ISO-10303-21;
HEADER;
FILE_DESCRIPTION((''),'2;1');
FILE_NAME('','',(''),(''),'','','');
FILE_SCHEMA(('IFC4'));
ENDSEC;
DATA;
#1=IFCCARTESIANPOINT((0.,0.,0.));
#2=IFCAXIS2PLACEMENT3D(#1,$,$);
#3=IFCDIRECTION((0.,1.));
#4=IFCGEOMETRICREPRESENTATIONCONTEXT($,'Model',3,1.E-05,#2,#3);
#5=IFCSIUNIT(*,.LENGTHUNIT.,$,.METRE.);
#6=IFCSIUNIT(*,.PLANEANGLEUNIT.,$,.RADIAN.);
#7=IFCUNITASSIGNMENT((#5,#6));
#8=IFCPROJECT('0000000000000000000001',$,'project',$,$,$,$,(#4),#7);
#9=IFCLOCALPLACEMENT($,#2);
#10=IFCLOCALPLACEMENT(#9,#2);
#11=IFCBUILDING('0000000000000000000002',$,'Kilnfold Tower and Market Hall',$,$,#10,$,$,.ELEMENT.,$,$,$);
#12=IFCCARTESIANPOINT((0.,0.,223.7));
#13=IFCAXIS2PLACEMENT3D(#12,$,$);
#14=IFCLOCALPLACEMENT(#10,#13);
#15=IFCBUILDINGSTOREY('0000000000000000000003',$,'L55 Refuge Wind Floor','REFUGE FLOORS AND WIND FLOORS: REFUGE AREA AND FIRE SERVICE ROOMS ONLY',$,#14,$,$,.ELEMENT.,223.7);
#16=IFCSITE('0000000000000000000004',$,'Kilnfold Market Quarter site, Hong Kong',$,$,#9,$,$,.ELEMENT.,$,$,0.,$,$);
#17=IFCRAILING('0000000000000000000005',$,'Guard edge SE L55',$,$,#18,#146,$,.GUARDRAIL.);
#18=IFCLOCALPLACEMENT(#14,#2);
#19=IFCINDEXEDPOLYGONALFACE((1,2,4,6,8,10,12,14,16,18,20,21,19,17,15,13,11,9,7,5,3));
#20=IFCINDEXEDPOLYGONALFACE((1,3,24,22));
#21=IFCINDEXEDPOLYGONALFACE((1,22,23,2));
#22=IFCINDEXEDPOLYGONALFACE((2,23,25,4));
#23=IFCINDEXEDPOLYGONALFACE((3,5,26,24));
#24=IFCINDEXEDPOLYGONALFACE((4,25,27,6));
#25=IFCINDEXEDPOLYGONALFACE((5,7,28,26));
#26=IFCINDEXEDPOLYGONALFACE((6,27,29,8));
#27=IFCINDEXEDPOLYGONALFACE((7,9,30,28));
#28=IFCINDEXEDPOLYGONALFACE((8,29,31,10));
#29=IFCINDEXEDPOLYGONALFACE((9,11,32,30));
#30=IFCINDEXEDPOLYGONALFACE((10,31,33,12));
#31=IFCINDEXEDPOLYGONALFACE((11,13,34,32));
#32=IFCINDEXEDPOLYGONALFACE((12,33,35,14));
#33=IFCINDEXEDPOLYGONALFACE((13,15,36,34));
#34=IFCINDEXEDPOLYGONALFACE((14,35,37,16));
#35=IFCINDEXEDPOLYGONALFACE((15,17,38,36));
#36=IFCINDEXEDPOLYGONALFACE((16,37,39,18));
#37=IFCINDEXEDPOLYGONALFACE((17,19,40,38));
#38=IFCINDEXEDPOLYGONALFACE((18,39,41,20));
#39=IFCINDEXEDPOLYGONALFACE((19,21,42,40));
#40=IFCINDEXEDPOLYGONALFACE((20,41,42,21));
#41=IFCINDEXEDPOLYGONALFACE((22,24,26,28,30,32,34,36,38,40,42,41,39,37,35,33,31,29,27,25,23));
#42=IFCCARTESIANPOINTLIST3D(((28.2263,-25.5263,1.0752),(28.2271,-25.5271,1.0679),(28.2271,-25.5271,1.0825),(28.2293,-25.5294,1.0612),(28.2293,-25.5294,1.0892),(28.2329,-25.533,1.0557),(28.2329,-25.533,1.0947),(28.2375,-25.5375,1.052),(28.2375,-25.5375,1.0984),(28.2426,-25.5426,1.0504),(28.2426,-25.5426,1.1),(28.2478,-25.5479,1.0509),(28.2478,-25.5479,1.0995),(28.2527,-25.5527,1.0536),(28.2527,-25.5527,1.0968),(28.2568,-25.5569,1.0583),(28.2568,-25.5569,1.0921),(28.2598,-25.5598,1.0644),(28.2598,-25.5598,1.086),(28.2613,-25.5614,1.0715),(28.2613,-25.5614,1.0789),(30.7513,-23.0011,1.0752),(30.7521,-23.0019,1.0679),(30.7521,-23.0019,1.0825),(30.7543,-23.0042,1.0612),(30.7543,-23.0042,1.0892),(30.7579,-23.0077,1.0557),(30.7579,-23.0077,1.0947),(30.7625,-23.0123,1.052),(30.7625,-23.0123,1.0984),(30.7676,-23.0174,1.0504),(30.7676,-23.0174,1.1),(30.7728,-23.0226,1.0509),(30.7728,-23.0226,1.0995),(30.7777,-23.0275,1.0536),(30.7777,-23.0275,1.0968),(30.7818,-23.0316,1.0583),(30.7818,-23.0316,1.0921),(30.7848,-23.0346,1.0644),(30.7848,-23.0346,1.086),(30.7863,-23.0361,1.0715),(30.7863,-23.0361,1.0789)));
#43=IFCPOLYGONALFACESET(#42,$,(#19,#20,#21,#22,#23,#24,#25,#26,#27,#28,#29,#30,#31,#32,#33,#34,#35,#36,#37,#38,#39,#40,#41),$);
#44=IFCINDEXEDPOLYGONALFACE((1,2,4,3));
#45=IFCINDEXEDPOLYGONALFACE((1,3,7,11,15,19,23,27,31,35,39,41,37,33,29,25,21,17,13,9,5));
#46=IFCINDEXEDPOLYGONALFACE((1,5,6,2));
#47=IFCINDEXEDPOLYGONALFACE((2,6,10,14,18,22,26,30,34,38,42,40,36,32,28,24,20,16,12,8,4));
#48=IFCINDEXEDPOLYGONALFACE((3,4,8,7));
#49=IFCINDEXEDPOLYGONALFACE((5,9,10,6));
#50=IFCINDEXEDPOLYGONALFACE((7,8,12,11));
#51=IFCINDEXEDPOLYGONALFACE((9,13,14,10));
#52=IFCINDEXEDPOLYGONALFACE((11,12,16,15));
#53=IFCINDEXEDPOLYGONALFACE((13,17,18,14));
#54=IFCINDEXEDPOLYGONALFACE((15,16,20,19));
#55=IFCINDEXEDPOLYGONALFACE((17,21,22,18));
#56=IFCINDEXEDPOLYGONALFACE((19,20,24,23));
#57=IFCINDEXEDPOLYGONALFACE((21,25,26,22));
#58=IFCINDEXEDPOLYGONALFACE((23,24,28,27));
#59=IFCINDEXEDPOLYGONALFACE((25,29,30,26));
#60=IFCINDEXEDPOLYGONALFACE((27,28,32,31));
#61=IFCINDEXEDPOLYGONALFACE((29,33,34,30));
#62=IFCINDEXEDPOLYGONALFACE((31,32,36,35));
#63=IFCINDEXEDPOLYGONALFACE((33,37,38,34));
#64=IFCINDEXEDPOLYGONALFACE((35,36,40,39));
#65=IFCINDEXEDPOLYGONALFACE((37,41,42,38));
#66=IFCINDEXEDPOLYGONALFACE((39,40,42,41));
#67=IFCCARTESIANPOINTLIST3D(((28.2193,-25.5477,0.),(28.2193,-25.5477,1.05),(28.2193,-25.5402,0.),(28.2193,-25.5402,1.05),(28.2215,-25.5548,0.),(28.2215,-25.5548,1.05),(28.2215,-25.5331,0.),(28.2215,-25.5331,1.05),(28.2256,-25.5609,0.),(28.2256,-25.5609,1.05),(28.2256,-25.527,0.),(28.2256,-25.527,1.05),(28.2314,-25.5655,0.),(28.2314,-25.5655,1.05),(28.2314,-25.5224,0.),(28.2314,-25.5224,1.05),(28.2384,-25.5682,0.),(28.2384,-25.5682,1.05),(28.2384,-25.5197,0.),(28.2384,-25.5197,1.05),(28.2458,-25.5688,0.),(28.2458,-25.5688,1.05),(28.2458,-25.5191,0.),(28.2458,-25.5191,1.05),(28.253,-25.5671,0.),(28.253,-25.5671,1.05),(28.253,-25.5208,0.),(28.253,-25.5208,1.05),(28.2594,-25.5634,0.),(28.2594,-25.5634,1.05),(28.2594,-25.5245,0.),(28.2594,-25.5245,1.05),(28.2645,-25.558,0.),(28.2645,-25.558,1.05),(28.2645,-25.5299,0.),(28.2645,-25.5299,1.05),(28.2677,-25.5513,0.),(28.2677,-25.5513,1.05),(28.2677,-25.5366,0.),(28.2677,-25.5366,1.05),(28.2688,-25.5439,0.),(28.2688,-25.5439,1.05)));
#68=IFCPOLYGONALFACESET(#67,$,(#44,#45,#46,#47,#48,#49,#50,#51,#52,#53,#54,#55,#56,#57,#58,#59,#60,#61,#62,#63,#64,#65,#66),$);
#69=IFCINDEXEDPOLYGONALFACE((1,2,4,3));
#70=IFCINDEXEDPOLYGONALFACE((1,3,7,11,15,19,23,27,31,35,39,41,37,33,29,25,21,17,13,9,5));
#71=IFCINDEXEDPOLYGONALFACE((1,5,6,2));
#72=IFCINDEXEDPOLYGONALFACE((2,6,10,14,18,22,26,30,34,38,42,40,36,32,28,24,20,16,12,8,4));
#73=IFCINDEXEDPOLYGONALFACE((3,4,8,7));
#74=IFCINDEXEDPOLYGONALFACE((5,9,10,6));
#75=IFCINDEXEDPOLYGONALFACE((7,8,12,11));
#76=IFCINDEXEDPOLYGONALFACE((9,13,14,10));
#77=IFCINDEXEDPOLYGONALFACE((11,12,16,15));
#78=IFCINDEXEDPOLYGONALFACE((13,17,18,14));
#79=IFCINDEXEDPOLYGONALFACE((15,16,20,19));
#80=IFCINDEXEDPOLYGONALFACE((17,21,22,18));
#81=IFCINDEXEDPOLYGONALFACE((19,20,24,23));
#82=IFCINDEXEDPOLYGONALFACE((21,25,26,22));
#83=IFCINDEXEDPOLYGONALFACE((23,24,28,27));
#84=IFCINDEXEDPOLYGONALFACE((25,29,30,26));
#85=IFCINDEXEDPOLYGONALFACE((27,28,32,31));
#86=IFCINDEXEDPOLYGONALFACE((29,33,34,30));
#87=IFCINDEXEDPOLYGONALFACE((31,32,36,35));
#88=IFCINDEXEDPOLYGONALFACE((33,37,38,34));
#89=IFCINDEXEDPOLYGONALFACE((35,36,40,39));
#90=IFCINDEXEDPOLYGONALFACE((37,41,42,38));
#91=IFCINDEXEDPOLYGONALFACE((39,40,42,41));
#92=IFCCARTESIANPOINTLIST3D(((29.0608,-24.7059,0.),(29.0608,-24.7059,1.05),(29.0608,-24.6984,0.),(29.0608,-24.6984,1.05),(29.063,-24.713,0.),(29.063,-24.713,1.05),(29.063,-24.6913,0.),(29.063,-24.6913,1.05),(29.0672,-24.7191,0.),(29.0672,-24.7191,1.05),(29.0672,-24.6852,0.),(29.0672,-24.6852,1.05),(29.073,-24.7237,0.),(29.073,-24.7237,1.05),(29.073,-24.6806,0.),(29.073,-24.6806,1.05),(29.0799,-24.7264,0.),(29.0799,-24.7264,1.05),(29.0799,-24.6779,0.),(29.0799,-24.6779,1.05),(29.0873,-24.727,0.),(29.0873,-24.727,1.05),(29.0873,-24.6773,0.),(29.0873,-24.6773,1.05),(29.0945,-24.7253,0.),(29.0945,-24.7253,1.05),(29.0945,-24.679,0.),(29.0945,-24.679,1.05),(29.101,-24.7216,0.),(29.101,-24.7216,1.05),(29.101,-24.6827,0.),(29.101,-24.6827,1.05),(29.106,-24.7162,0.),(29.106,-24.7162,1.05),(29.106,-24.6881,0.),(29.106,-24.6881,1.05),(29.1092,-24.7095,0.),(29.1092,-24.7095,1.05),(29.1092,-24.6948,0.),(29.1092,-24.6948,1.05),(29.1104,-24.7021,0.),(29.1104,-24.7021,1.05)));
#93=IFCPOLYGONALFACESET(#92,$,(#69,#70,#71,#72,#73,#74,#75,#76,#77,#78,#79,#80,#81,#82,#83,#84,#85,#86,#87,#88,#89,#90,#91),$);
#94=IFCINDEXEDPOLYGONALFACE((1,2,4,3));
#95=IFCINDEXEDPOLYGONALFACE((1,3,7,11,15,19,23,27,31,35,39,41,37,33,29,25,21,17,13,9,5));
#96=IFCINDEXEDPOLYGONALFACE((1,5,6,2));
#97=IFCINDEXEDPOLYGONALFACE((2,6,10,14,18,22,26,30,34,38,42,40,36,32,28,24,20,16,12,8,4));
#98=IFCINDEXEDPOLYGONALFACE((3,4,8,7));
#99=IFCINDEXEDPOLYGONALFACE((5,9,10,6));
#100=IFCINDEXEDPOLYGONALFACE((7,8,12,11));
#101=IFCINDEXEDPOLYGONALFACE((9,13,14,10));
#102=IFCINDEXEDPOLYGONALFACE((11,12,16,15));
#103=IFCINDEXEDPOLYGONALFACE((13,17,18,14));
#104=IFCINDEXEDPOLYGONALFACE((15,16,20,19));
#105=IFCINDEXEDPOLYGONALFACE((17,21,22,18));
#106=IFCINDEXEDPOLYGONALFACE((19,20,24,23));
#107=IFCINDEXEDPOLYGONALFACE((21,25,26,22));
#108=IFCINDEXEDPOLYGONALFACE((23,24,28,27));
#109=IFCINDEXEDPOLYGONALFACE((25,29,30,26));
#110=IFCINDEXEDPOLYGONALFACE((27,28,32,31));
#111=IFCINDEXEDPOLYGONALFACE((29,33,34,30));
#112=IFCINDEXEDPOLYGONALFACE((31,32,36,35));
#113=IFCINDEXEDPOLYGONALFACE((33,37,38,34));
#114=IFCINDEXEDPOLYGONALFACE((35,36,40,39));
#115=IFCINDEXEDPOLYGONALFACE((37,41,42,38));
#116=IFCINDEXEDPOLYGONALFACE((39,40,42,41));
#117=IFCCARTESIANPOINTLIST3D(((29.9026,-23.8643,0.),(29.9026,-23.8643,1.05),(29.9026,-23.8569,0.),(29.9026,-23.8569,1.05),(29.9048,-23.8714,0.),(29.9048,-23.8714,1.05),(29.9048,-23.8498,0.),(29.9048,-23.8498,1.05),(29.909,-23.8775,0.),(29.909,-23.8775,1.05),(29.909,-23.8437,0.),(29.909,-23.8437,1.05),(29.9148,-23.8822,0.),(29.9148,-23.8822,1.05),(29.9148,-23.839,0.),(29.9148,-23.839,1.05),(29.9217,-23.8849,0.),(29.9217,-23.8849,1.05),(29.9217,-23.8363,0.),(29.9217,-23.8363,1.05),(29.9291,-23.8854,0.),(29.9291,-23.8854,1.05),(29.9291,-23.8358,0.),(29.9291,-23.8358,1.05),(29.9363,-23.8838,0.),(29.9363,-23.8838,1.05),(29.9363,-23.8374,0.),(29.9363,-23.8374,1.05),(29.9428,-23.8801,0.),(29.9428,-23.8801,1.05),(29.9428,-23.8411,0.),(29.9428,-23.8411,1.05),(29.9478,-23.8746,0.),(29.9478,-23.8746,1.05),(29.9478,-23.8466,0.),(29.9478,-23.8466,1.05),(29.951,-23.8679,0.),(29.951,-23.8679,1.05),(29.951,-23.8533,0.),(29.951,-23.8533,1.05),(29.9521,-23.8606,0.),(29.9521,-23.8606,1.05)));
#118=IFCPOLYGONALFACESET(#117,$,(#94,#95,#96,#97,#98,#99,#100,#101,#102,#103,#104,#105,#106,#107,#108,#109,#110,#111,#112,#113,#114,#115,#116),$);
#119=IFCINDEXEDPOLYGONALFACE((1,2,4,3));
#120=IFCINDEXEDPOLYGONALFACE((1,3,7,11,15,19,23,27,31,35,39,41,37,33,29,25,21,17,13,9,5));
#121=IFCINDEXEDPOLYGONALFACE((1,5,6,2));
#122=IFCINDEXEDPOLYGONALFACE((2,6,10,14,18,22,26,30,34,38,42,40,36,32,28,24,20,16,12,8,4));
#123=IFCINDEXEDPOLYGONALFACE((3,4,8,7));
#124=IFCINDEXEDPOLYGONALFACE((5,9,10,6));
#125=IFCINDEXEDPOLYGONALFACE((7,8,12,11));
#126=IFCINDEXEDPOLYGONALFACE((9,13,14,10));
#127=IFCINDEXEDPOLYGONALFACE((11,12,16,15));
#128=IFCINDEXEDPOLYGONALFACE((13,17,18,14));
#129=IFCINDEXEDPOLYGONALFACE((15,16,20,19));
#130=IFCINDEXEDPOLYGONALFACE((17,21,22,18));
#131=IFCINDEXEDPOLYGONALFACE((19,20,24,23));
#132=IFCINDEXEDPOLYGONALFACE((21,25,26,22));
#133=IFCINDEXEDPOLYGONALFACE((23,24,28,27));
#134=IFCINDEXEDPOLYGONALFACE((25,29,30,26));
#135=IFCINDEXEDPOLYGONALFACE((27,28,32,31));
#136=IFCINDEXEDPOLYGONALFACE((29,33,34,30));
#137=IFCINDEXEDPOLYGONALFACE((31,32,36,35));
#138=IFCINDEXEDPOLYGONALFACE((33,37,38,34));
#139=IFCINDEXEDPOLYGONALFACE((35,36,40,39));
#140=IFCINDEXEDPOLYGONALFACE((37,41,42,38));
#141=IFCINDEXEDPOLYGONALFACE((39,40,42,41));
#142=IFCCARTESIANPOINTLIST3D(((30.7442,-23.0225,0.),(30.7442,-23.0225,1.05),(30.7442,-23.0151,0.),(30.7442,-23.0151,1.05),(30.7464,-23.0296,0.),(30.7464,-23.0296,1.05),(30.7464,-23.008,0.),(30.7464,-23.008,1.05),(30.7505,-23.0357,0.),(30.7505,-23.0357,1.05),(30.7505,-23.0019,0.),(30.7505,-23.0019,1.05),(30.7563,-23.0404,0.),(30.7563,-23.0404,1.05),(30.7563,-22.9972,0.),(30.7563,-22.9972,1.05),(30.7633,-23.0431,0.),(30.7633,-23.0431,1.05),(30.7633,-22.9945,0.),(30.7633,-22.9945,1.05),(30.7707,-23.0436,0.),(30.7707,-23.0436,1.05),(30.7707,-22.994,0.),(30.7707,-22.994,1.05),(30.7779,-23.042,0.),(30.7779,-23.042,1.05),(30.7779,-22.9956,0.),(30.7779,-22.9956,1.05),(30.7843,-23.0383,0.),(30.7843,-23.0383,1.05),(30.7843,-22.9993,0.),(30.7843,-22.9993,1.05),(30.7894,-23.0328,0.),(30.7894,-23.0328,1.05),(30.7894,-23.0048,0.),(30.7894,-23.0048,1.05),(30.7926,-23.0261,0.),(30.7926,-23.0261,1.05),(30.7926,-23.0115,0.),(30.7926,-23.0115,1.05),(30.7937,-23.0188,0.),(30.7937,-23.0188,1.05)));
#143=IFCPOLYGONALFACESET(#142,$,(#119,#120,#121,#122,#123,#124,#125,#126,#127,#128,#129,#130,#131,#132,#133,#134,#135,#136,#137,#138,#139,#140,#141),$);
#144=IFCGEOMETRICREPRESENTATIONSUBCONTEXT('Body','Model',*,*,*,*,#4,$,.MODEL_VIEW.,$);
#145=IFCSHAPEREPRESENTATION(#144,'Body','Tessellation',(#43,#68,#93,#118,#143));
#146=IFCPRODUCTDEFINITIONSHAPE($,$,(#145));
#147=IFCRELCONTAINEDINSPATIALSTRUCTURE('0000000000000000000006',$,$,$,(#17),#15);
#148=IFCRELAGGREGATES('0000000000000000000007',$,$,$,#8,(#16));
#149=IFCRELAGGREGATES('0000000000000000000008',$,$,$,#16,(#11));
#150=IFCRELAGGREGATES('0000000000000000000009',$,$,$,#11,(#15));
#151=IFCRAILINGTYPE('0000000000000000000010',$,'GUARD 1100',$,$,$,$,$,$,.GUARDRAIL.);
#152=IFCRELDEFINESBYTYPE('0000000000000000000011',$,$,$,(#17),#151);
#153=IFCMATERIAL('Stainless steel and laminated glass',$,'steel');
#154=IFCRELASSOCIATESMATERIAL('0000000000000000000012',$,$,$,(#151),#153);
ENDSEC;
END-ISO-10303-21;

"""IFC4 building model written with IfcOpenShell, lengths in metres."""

from ifc_helpers import new_model, si_unit, direction, frame, origin, origin_2d, place, context, subcontext, project, spatial, circle, extrude, material, type_object, element, save


model = new_model("IFC4")

# Units and contexts
model_context = context("Model", 3, precision=1e-05, world=origin(), true_north=direction((0.0, 1.0)))
body_context = subcontext(model_context, "Body", "Model", "MODEL_VIEW")
ifc_project = project(units=[si_unit("LENGTHUNIT", "METRE"), si_unit("PLANEANGLEUNIT", "RADIAN")], contexts=[model_context])

# Site, building, storey
site_placement = place(None, origin())
site = spatial("IfcSite", under=ifc_project, at=site_placement, Name="Kilnfold Market Quarter site, Hong Kong", CompositionType="ELEMENT", RefElevation=0.0)
building_placement = place(site_placement, origin())
building = spatial("IfcBuilding", under=site, at=building_placement, Name="Kilnfold Tower and Market Hall", CompositionType="ELEMENT")
storey_placement = place(building_placement, frame((0.0, 0.0, 223.7)))
storey = spatial("IfcBuildingStorey", under=building, at=storey_placement, Name="L55 Refuge Wind Floor", Description="REFUGE FLOORS AND WIND FLOORS: REFUGE AREA AND FIRE SERVICE ROOMS ONLY", CompositionType="ELEMENT", Elevation=223.7)

# Railing
ifc_material_1 = material(Name="Stainless steel and laminated glass", Category="steel")
railing_type_1 = type_object("IfcRailingType", Name="GUARD 1100", PredefinedType="GUARDRAIL", material=ifc_material_1)
railing_1_placement = place(storey_placement, frame((28.2439, -25.5439, 0.0)))
element("IfcRailing", 1, at=railing_1_placement, inside=storey, type_object=railing_type_1, Name="Guard edge SE L55", PredefinedType="GUARDRAIL", context=body_context, shape_type="SweptSolid", body=[
    extrude(circle(Radius=0.0249, at=origin_2d()), frame((0.0, 0.0, 1.0752), z_axis=(0.707073, 0.707141, 0.0), x_axis=(-0.707141, 0.707073, 0.0)), (0.0, 0.0, 1.0), 3.571),
    extrude(circle(Radius=0.0249, at=origin_2d()), origin(), (0.0, 0.0, 1.0), 1.05),
    extrude(circle(Radius=0.0249, at=origin_2d()), frame((0.8416, 0.8418, 0.0)), (0.0, 0.0, 1.0), 1.05),
    extrude(circle(Radius=0.0249, at=origin_2d()), frame((1.6833, 1.6833, 0.0)), (0.0, 0.0, 1.0), 1.05),
    extrude(circle(Radius=0.0249, at=origin_2d()), frame((2.5249, 2.5251, 0.0)), (0.0, 0.0, 1.0), 1.05),
])

save(model, "model.ifc")
